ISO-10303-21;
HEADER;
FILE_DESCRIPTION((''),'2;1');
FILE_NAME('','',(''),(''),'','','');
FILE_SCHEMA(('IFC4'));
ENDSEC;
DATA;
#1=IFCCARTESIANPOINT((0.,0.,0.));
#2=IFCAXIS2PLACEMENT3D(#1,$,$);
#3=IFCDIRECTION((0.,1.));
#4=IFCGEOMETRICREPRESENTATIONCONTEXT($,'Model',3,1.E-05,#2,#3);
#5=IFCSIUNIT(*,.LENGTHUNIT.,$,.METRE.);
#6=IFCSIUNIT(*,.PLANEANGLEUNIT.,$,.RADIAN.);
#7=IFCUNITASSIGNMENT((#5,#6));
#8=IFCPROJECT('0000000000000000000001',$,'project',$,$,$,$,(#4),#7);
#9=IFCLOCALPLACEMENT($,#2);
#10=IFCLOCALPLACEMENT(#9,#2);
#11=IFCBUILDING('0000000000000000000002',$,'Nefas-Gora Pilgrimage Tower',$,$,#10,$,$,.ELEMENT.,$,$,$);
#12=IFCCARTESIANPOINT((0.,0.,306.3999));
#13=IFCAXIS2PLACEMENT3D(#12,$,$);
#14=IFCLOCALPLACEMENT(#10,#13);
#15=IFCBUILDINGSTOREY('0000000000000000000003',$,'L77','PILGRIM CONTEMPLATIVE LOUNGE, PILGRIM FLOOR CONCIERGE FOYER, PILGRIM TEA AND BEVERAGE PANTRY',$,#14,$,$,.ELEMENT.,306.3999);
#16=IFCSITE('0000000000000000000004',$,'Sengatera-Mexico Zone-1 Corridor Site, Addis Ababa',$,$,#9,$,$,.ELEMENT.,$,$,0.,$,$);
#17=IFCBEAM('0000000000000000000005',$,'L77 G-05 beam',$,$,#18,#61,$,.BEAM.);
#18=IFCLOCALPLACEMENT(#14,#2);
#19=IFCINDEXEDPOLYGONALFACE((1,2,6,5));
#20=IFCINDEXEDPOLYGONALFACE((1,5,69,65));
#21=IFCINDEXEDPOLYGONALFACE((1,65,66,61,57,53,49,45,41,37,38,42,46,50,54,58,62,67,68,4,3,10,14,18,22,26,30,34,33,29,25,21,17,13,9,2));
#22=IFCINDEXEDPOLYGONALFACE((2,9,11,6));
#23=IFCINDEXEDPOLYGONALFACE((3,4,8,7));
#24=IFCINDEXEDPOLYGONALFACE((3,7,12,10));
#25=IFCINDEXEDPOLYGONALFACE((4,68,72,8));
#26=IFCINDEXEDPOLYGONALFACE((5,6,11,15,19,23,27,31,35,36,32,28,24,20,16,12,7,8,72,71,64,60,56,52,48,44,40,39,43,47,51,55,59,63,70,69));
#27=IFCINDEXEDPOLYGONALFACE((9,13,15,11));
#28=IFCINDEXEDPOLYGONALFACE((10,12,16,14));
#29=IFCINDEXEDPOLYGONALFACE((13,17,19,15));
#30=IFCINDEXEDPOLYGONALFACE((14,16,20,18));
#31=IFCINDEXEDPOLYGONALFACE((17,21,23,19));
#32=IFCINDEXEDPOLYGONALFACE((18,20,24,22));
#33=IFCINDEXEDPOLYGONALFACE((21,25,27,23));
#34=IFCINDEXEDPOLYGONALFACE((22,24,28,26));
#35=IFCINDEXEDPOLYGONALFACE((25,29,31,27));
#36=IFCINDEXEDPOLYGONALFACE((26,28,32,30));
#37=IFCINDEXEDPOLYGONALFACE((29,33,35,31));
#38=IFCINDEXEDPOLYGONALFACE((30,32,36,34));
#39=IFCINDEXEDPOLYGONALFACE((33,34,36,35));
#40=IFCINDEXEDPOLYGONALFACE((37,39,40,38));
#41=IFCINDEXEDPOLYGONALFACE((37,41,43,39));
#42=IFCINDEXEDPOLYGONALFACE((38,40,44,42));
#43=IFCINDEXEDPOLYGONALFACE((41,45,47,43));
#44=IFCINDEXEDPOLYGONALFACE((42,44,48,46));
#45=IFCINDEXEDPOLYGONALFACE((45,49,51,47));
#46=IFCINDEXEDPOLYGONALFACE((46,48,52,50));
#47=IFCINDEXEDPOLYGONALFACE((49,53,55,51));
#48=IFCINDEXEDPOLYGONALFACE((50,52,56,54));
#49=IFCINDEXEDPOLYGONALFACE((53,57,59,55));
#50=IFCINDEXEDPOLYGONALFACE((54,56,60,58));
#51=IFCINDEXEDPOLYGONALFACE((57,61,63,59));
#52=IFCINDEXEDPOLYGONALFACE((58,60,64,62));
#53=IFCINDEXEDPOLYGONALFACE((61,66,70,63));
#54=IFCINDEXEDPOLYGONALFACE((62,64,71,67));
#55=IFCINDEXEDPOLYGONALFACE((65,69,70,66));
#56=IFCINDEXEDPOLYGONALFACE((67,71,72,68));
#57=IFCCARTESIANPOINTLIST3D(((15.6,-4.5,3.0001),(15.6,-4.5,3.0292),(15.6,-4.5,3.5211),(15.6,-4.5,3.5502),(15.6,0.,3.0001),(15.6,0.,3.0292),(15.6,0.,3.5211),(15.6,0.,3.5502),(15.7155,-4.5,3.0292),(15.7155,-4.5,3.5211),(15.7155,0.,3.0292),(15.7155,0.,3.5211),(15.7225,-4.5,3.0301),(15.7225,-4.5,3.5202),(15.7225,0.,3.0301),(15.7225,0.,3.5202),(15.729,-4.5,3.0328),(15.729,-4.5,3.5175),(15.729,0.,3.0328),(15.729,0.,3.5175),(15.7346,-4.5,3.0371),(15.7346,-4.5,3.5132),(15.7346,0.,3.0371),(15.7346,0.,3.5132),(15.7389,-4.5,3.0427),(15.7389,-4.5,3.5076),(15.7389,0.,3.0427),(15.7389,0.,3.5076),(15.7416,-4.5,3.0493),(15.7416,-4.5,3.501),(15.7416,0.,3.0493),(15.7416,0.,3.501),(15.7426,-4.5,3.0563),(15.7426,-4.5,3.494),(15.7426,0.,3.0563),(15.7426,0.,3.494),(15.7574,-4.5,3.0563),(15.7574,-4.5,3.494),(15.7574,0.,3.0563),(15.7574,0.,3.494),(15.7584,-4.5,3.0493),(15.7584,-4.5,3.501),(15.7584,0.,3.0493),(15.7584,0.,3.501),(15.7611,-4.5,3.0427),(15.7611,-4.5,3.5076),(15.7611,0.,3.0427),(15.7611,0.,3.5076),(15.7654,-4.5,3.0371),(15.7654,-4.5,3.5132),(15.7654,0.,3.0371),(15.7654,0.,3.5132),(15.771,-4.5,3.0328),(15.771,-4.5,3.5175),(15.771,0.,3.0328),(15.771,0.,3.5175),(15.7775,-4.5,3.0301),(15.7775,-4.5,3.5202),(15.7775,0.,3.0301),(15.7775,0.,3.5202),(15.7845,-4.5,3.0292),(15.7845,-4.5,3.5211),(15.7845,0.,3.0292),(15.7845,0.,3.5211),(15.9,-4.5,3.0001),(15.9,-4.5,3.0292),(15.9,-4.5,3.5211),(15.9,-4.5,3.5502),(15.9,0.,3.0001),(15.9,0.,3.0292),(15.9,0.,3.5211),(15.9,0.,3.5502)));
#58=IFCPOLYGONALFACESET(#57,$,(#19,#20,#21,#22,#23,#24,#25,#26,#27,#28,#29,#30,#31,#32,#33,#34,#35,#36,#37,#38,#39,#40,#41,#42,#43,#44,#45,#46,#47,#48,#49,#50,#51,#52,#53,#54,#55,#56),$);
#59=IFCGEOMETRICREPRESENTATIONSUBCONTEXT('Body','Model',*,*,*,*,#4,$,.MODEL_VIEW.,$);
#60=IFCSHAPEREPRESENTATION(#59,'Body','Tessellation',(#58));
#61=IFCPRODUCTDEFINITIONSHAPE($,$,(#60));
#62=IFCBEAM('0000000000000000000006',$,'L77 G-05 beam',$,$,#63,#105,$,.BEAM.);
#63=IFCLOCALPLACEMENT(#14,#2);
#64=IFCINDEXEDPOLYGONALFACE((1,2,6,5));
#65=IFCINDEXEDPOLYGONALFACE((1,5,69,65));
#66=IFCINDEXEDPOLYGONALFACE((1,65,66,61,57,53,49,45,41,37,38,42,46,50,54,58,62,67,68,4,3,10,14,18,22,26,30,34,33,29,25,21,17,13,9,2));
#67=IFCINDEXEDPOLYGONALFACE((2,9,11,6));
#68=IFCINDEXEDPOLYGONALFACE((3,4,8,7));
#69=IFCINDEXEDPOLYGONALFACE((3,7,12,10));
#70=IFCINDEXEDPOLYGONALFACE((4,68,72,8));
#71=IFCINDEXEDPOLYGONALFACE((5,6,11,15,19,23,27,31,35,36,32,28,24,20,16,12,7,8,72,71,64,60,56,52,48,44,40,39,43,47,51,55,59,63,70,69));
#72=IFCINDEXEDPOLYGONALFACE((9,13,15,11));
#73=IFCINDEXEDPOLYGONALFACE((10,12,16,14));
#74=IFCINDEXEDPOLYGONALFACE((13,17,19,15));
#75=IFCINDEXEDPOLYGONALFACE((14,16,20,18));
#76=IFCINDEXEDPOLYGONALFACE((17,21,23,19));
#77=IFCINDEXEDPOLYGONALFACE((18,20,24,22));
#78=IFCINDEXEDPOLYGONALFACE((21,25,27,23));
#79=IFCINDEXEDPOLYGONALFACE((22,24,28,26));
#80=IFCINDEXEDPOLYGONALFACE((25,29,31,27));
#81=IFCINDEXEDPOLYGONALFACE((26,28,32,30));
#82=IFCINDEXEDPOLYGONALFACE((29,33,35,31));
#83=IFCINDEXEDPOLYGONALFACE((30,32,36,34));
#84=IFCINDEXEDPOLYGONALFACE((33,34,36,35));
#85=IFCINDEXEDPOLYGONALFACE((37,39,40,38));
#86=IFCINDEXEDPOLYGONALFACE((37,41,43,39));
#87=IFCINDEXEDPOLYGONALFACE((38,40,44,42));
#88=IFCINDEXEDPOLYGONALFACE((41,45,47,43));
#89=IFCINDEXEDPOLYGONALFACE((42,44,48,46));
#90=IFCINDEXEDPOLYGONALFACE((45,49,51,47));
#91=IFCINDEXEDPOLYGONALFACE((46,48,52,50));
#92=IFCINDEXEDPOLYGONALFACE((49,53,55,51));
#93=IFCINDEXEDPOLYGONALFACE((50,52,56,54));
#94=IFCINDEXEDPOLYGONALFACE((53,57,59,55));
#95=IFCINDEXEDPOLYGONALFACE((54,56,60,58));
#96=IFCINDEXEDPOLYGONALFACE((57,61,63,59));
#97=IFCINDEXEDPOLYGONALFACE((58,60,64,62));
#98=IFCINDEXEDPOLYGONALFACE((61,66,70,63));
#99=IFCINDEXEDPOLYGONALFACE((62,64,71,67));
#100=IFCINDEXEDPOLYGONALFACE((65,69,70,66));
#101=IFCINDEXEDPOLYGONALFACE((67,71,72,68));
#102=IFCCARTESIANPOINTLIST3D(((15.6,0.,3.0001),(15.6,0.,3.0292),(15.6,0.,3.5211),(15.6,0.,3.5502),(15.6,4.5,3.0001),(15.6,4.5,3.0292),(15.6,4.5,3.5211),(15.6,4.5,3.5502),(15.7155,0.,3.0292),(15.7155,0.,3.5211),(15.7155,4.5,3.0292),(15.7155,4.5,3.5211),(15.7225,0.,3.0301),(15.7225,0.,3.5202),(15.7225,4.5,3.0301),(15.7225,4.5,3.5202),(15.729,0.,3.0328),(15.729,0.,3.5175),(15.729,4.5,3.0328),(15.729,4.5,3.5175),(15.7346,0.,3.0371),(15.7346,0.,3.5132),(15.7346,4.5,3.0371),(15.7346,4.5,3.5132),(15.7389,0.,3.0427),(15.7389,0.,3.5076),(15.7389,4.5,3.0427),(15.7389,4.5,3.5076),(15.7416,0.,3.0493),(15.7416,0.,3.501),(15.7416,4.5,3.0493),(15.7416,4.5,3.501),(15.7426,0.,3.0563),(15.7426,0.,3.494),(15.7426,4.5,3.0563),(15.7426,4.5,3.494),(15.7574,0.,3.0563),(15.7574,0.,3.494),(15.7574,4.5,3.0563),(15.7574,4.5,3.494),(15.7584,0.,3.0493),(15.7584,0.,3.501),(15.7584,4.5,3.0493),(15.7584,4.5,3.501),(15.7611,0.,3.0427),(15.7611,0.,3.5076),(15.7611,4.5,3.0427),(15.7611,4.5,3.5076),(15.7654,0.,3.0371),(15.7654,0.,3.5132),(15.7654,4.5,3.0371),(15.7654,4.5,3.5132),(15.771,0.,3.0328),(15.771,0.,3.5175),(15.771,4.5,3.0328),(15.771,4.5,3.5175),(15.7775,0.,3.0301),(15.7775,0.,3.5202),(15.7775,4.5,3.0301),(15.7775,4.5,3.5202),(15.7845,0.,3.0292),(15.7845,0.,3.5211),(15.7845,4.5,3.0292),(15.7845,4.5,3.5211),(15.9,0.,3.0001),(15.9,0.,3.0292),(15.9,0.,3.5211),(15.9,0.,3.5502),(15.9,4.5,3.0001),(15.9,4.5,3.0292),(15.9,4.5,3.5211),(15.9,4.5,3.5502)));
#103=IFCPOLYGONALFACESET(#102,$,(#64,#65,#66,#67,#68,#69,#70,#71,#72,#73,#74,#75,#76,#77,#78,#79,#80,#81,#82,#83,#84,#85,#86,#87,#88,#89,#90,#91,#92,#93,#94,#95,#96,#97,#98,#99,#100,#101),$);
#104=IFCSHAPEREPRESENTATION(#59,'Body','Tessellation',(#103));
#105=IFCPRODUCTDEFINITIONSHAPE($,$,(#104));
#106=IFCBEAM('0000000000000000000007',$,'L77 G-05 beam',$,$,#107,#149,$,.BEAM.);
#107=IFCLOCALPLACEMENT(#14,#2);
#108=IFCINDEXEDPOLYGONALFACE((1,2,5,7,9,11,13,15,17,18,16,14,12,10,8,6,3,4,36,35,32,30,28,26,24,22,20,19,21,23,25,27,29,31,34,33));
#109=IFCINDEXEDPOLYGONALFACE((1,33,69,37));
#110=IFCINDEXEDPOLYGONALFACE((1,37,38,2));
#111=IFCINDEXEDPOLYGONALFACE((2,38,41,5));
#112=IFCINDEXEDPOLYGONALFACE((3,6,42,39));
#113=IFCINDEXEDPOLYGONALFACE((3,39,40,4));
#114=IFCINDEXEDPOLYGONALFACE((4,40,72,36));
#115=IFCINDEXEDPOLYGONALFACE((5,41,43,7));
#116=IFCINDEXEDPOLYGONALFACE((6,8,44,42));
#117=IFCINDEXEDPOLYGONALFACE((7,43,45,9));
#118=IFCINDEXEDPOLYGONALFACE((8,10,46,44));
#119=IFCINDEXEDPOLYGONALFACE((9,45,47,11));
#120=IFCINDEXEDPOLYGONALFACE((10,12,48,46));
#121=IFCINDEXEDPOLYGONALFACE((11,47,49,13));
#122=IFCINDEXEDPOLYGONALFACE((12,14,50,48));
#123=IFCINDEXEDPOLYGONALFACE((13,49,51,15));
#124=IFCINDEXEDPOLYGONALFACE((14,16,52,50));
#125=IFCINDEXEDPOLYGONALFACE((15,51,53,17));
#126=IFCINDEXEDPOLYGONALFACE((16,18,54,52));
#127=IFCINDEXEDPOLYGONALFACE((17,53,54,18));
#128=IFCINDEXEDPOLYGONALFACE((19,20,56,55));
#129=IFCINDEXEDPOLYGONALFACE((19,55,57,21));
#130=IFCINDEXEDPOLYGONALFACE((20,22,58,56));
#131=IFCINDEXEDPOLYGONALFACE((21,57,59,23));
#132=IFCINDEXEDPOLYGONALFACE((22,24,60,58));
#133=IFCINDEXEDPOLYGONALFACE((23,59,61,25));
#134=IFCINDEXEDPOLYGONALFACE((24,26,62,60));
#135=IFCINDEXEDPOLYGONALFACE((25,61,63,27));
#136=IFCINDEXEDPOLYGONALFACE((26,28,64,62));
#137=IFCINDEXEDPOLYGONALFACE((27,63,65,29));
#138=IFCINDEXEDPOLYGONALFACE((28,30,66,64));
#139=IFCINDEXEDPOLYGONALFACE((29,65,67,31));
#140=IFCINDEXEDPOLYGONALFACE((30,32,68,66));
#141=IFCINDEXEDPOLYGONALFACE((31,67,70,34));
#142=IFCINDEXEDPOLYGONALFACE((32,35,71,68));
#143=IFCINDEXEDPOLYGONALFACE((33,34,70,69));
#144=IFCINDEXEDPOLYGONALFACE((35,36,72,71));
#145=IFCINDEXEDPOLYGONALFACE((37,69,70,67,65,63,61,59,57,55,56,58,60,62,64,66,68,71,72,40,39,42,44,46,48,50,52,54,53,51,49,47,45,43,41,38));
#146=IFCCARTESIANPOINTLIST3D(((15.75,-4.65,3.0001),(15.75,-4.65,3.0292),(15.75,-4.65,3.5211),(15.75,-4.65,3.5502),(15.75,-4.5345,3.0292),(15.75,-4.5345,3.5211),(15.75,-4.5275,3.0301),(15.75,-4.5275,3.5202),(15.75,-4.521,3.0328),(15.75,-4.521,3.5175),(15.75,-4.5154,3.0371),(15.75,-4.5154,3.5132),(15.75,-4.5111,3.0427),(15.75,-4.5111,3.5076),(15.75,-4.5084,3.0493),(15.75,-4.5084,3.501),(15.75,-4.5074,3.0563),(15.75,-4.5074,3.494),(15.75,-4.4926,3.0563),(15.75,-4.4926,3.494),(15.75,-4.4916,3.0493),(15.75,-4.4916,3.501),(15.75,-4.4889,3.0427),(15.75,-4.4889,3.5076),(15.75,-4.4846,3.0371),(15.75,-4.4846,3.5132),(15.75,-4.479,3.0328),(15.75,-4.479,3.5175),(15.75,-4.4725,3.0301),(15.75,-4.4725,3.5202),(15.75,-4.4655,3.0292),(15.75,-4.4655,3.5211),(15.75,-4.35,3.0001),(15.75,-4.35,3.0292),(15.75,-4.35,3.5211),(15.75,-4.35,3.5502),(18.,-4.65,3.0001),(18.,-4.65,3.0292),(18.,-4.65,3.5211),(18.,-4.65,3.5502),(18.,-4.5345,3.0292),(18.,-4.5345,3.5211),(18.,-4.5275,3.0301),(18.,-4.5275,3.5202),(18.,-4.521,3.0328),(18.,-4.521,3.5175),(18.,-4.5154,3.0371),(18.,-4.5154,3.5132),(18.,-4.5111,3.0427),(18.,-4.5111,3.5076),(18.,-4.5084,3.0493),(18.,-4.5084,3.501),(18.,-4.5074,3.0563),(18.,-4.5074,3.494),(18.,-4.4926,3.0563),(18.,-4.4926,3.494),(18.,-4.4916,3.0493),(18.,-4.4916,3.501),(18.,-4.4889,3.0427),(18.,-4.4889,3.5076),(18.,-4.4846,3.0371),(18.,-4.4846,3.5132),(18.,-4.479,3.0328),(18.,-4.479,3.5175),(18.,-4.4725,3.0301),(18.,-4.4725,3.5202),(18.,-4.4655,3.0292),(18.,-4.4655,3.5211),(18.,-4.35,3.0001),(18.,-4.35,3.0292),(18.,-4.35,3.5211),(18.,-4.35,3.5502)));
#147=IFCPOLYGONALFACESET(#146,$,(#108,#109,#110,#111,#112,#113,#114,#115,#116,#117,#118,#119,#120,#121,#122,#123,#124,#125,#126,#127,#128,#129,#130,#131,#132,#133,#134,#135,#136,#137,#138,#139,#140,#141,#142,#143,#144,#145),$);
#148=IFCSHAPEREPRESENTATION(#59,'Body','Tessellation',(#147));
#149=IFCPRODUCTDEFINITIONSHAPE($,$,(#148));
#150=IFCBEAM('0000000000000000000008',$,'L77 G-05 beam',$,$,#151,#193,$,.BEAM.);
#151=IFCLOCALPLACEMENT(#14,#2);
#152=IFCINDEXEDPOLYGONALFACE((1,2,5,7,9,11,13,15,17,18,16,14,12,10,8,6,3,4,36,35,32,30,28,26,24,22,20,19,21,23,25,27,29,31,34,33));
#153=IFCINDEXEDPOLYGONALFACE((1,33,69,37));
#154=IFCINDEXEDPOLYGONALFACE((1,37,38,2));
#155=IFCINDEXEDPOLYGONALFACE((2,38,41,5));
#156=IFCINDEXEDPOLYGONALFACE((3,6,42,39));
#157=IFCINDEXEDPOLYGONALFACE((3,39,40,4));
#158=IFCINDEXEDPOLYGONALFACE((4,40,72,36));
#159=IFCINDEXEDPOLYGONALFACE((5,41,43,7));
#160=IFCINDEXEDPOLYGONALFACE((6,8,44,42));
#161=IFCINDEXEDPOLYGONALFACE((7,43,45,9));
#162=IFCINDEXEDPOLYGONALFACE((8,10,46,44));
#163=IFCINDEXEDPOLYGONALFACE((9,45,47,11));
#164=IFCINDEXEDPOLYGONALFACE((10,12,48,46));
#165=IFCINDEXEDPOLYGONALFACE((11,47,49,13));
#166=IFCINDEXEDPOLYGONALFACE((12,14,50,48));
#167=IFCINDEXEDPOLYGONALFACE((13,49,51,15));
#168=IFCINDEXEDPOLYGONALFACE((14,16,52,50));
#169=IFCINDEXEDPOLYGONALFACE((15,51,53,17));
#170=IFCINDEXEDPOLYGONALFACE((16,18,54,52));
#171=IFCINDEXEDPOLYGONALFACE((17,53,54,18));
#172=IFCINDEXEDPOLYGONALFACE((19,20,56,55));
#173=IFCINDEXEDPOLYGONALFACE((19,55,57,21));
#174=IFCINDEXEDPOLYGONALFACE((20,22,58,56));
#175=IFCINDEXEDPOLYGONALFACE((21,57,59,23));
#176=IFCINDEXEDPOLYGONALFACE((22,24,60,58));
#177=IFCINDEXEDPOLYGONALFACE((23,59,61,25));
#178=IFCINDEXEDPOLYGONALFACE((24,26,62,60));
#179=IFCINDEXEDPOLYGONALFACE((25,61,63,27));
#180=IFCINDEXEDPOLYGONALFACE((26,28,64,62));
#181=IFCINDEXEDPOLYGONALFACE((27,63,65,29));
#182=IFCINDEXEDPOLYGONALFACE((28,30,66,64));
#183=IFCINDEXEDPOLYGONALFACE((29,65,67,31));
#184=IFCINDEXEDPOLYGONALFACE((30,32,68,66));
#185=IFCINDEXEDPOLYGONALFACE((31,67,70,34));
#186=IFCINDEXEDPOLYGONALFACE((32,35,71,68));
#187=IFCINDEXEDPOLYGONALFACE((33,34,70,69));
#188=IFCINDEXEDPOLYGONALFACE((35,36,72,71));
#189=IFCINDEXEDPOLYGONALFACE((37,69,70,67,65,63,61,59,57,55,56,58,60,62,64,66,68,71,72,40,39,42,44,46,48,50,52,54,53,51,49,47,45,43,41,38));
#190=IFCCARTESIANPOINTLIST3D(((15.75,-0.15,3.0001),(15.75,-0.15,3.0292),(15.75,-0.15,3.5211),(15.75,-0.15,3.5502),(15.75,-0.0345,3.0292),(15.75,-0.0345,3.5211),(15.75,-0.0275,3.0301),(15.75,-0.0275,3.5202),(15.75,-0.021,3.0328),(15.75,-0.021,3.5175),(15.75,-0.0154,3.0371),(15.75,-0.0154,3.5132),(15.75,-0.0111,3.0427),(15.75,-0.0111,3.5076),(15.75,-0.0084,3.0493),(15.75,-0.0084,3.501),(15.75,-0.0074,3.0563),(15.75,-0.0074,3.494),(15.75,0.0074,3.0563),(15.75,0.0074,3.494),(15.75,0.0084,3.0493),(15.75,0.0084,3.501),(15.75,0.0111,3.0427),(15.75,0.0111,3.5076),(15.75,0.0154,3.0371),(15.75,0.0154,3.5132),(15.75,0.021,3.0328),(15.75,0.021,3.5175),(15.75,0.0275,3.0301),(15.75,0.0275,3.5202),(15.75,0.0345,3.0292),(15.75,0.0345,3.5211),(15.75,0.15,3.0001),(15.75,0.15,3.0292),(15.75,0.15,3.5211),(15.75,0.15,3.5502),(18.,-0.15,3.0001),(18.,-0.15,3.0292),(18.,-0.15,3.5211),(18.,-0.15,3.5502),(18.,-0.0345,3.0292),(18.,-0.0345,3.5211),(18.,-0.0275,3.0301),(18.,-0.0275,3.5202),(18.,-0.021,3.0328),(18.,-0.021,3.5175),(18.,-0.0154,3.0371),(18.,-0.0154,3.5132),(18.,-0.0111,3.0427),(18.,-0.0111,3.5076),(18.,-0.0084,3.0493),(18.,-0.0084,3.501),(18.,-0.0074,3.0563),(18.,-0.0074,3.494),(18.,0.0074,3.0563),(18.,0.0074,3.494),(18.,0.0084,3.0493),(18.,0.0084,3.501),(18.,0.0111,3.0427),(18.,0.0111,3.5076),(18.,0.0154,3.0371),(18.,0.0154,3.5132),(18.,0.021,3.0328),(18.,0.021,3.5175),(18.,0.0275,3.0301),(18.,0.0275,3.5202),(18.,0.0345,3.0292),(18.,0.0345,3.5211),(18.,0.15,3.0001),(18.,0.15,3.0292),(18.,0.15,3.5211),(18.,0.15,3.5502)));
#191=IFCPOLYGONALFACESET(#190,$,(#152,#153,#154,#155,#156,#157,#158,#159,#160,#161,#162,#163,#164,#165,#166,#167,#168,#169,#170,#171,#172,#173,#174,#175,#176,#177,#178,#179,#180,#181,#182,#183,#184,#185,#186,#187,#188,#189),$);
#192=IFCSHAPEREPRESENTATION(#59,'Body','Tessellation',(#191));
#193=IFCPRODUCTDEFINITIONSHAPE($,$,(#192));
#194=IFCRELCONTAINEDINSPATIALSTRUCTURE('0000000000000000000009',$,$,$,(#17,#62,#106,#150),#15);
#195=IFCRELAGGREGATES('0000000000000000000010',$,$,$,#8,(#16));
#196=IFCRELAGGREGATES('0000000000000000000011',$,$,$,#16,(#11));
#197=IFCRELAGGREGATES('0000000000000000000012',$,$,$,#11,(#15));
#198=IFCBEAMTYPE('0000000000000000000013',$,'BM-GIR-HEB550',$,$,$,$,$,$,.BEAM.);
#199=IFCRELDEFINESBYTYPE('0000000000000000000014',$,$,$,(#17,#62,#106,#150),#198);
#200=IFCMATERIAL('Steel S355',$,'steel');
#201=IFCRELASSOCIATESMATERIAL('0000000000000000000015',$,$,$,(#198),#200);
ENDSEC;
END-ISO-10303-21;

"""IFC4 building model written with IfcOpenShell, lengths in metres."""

from ifc_helpers import new_model, si_unit, direction, frame, origin, origin_2d, place, context, subcontext, project, spatial, i_section, extrude, source, transform, mapped, material, material_profile, profile_set, type_object, element, save


model = new_model("IFC4")

# Units and contexts
model_context = context("Model", 3, precision=1e-05, world=origin(), true_north=direction((0.0, 1.0)))
body_context = subcontext(model_context, "Body", "Model", "MODEL_VIEW")
ifc_project = project(units=[si_unit("LENGTHUNIT", "METRE"), si_unit("PLANEANGLEUNIT", "RADIAN")], contexts=[model_context])

# Site, building, storey
site_placement = place(None, origin())
site = spatial("IfcSite", under=ifc_project, at=site_placement, Name="Sengatera-Mexico Zone-1 Corridor Site, Addis Ababa", CompositionType="ELEMENT", RefElevation=0.0)
building_placement = place(site_placement, origin())
building = spatial("IfcBuilding", under=site, at=building_placement, Name="Nefas-Gora Pilgrimage Tower", CompositionType="ELEMENT")
storey_placement = place(building_placement, frame((0.0, 0.0, 306.3999)))
storey = spatial("IfcBuildingStorey", under=building, at=storey_placement, Name="L77", Description="PILGRIM CONTEMPLATIVE LOUNGE, PILGRIM FLOOR CONCIERGE FOYER, PILGRIM TEA AND BEVERAGE PANTRY", CompositionType="ELEMENT", Elevation=306.3999)

# Shared definitions
ifc_material_1 = material(Name="Steel S355", Category="steel")

# Beams
ifc_material_profile_1 = material_profile(ifc_material_1, i_section(OverallWidth=0.3, OverallDepth=0.55, WebThickness=0.0149, FlangeThickness=0.0291, FilletRadius=0.0271, at=origin_2d()), Name="HEB 550")
ifc_profile_set_1 = profile_set([ifc_material_profile_1], Name="Steel S355")
beam_type_1 = type_object("IfcBeamType", Name="BM-GIR-HEB550", PredefinedType="BEAM", material=ifc_profile_set_1)
shared_shape_1 = source(origin(), body_context, "Body", "SweptSolid", [
    extrude(i_section(OverallWidth=0.3, OverallDepth=0.55, WebThickness=0.0149, FlangeThickness=0.0291, FilletRadius=0.0271, at=origin_2d()), origin(), (0.0, 0.0, 1.0), 4.5),
])
for number, where, z_axis, x_axis, name in (
    (1, (15.75, -4.5, 3.2751), (0.0, 1.0, 0.0), (-1.0, 0.0, 0.0), "L77 G-05 beam"),
    (2, (15.75, 0.0, 3.2751), (0.0, 1.0, 0.0), (-1.0, 0.0, 0.0), "L77 G-05 beam"),
):
    element("IfcBeam", number, at=place(storey_placement, frame(where, z_axis=z_axis, x_axis=x_axis)), inside=storey, type_object=beam_type_1, Name=name, PredefinedType="BEAM", context=body_context, shape_type="MappedRepresentation", body=[
        mapped(shared_shape_1, transform((0.0, 0.0, 0.0), x_axis=(1.0, 0.0, 0.0), y_axis=(0.0, 1.0, 0.0), z_axis=(0.0, 0.0, 1.0), scale=1.0)),
    ])
shared_shape_2 = source(origin(), body_context, "Body", "SweptSolid", [
    extrude(i_section(OverallWidth=0.3, OverallDepth=0.55, WebThickness=0.0149, FlangeThickness=0.0291, FilletRadius=0.0271, at=origin_2d()), origin(), (0.0, 0.0, 1.0), 2.25),
])
for number, where, z_axis, x_axis, name in (
    (3, (15.75, -4.5, 3.2751), (1.0, 0.0, 0.0), (0.0, 1.0, 0.0), "L77 G-05 beam"),
    (4, (15.75, 0.0, 3.2751), (1.0, 0.0, 0.0), (0.0, 1.0, 0.0), "L77 G-05 beam"),
):
    element("IfcBeam", number, at=place(storey_placement, frame(where, z_axis=z_axis, x_axis=x_axis)), inside=storey, type_object=beam_type_1, Name=name, PredefinedType="BEAM", context=body_context, shape_type="MappedRepresentation", body=[
        mapped(shared_shape_2, transform((0.0, 0.0, 0.0), x_axis=(1.0, 0.0, 0.0), y_axis=(0.0, 1.0, 0.0), z_axis=(0.0, 0.0, 1.0), scale=1.0)),
    ])

save(model, "model.ifc")
